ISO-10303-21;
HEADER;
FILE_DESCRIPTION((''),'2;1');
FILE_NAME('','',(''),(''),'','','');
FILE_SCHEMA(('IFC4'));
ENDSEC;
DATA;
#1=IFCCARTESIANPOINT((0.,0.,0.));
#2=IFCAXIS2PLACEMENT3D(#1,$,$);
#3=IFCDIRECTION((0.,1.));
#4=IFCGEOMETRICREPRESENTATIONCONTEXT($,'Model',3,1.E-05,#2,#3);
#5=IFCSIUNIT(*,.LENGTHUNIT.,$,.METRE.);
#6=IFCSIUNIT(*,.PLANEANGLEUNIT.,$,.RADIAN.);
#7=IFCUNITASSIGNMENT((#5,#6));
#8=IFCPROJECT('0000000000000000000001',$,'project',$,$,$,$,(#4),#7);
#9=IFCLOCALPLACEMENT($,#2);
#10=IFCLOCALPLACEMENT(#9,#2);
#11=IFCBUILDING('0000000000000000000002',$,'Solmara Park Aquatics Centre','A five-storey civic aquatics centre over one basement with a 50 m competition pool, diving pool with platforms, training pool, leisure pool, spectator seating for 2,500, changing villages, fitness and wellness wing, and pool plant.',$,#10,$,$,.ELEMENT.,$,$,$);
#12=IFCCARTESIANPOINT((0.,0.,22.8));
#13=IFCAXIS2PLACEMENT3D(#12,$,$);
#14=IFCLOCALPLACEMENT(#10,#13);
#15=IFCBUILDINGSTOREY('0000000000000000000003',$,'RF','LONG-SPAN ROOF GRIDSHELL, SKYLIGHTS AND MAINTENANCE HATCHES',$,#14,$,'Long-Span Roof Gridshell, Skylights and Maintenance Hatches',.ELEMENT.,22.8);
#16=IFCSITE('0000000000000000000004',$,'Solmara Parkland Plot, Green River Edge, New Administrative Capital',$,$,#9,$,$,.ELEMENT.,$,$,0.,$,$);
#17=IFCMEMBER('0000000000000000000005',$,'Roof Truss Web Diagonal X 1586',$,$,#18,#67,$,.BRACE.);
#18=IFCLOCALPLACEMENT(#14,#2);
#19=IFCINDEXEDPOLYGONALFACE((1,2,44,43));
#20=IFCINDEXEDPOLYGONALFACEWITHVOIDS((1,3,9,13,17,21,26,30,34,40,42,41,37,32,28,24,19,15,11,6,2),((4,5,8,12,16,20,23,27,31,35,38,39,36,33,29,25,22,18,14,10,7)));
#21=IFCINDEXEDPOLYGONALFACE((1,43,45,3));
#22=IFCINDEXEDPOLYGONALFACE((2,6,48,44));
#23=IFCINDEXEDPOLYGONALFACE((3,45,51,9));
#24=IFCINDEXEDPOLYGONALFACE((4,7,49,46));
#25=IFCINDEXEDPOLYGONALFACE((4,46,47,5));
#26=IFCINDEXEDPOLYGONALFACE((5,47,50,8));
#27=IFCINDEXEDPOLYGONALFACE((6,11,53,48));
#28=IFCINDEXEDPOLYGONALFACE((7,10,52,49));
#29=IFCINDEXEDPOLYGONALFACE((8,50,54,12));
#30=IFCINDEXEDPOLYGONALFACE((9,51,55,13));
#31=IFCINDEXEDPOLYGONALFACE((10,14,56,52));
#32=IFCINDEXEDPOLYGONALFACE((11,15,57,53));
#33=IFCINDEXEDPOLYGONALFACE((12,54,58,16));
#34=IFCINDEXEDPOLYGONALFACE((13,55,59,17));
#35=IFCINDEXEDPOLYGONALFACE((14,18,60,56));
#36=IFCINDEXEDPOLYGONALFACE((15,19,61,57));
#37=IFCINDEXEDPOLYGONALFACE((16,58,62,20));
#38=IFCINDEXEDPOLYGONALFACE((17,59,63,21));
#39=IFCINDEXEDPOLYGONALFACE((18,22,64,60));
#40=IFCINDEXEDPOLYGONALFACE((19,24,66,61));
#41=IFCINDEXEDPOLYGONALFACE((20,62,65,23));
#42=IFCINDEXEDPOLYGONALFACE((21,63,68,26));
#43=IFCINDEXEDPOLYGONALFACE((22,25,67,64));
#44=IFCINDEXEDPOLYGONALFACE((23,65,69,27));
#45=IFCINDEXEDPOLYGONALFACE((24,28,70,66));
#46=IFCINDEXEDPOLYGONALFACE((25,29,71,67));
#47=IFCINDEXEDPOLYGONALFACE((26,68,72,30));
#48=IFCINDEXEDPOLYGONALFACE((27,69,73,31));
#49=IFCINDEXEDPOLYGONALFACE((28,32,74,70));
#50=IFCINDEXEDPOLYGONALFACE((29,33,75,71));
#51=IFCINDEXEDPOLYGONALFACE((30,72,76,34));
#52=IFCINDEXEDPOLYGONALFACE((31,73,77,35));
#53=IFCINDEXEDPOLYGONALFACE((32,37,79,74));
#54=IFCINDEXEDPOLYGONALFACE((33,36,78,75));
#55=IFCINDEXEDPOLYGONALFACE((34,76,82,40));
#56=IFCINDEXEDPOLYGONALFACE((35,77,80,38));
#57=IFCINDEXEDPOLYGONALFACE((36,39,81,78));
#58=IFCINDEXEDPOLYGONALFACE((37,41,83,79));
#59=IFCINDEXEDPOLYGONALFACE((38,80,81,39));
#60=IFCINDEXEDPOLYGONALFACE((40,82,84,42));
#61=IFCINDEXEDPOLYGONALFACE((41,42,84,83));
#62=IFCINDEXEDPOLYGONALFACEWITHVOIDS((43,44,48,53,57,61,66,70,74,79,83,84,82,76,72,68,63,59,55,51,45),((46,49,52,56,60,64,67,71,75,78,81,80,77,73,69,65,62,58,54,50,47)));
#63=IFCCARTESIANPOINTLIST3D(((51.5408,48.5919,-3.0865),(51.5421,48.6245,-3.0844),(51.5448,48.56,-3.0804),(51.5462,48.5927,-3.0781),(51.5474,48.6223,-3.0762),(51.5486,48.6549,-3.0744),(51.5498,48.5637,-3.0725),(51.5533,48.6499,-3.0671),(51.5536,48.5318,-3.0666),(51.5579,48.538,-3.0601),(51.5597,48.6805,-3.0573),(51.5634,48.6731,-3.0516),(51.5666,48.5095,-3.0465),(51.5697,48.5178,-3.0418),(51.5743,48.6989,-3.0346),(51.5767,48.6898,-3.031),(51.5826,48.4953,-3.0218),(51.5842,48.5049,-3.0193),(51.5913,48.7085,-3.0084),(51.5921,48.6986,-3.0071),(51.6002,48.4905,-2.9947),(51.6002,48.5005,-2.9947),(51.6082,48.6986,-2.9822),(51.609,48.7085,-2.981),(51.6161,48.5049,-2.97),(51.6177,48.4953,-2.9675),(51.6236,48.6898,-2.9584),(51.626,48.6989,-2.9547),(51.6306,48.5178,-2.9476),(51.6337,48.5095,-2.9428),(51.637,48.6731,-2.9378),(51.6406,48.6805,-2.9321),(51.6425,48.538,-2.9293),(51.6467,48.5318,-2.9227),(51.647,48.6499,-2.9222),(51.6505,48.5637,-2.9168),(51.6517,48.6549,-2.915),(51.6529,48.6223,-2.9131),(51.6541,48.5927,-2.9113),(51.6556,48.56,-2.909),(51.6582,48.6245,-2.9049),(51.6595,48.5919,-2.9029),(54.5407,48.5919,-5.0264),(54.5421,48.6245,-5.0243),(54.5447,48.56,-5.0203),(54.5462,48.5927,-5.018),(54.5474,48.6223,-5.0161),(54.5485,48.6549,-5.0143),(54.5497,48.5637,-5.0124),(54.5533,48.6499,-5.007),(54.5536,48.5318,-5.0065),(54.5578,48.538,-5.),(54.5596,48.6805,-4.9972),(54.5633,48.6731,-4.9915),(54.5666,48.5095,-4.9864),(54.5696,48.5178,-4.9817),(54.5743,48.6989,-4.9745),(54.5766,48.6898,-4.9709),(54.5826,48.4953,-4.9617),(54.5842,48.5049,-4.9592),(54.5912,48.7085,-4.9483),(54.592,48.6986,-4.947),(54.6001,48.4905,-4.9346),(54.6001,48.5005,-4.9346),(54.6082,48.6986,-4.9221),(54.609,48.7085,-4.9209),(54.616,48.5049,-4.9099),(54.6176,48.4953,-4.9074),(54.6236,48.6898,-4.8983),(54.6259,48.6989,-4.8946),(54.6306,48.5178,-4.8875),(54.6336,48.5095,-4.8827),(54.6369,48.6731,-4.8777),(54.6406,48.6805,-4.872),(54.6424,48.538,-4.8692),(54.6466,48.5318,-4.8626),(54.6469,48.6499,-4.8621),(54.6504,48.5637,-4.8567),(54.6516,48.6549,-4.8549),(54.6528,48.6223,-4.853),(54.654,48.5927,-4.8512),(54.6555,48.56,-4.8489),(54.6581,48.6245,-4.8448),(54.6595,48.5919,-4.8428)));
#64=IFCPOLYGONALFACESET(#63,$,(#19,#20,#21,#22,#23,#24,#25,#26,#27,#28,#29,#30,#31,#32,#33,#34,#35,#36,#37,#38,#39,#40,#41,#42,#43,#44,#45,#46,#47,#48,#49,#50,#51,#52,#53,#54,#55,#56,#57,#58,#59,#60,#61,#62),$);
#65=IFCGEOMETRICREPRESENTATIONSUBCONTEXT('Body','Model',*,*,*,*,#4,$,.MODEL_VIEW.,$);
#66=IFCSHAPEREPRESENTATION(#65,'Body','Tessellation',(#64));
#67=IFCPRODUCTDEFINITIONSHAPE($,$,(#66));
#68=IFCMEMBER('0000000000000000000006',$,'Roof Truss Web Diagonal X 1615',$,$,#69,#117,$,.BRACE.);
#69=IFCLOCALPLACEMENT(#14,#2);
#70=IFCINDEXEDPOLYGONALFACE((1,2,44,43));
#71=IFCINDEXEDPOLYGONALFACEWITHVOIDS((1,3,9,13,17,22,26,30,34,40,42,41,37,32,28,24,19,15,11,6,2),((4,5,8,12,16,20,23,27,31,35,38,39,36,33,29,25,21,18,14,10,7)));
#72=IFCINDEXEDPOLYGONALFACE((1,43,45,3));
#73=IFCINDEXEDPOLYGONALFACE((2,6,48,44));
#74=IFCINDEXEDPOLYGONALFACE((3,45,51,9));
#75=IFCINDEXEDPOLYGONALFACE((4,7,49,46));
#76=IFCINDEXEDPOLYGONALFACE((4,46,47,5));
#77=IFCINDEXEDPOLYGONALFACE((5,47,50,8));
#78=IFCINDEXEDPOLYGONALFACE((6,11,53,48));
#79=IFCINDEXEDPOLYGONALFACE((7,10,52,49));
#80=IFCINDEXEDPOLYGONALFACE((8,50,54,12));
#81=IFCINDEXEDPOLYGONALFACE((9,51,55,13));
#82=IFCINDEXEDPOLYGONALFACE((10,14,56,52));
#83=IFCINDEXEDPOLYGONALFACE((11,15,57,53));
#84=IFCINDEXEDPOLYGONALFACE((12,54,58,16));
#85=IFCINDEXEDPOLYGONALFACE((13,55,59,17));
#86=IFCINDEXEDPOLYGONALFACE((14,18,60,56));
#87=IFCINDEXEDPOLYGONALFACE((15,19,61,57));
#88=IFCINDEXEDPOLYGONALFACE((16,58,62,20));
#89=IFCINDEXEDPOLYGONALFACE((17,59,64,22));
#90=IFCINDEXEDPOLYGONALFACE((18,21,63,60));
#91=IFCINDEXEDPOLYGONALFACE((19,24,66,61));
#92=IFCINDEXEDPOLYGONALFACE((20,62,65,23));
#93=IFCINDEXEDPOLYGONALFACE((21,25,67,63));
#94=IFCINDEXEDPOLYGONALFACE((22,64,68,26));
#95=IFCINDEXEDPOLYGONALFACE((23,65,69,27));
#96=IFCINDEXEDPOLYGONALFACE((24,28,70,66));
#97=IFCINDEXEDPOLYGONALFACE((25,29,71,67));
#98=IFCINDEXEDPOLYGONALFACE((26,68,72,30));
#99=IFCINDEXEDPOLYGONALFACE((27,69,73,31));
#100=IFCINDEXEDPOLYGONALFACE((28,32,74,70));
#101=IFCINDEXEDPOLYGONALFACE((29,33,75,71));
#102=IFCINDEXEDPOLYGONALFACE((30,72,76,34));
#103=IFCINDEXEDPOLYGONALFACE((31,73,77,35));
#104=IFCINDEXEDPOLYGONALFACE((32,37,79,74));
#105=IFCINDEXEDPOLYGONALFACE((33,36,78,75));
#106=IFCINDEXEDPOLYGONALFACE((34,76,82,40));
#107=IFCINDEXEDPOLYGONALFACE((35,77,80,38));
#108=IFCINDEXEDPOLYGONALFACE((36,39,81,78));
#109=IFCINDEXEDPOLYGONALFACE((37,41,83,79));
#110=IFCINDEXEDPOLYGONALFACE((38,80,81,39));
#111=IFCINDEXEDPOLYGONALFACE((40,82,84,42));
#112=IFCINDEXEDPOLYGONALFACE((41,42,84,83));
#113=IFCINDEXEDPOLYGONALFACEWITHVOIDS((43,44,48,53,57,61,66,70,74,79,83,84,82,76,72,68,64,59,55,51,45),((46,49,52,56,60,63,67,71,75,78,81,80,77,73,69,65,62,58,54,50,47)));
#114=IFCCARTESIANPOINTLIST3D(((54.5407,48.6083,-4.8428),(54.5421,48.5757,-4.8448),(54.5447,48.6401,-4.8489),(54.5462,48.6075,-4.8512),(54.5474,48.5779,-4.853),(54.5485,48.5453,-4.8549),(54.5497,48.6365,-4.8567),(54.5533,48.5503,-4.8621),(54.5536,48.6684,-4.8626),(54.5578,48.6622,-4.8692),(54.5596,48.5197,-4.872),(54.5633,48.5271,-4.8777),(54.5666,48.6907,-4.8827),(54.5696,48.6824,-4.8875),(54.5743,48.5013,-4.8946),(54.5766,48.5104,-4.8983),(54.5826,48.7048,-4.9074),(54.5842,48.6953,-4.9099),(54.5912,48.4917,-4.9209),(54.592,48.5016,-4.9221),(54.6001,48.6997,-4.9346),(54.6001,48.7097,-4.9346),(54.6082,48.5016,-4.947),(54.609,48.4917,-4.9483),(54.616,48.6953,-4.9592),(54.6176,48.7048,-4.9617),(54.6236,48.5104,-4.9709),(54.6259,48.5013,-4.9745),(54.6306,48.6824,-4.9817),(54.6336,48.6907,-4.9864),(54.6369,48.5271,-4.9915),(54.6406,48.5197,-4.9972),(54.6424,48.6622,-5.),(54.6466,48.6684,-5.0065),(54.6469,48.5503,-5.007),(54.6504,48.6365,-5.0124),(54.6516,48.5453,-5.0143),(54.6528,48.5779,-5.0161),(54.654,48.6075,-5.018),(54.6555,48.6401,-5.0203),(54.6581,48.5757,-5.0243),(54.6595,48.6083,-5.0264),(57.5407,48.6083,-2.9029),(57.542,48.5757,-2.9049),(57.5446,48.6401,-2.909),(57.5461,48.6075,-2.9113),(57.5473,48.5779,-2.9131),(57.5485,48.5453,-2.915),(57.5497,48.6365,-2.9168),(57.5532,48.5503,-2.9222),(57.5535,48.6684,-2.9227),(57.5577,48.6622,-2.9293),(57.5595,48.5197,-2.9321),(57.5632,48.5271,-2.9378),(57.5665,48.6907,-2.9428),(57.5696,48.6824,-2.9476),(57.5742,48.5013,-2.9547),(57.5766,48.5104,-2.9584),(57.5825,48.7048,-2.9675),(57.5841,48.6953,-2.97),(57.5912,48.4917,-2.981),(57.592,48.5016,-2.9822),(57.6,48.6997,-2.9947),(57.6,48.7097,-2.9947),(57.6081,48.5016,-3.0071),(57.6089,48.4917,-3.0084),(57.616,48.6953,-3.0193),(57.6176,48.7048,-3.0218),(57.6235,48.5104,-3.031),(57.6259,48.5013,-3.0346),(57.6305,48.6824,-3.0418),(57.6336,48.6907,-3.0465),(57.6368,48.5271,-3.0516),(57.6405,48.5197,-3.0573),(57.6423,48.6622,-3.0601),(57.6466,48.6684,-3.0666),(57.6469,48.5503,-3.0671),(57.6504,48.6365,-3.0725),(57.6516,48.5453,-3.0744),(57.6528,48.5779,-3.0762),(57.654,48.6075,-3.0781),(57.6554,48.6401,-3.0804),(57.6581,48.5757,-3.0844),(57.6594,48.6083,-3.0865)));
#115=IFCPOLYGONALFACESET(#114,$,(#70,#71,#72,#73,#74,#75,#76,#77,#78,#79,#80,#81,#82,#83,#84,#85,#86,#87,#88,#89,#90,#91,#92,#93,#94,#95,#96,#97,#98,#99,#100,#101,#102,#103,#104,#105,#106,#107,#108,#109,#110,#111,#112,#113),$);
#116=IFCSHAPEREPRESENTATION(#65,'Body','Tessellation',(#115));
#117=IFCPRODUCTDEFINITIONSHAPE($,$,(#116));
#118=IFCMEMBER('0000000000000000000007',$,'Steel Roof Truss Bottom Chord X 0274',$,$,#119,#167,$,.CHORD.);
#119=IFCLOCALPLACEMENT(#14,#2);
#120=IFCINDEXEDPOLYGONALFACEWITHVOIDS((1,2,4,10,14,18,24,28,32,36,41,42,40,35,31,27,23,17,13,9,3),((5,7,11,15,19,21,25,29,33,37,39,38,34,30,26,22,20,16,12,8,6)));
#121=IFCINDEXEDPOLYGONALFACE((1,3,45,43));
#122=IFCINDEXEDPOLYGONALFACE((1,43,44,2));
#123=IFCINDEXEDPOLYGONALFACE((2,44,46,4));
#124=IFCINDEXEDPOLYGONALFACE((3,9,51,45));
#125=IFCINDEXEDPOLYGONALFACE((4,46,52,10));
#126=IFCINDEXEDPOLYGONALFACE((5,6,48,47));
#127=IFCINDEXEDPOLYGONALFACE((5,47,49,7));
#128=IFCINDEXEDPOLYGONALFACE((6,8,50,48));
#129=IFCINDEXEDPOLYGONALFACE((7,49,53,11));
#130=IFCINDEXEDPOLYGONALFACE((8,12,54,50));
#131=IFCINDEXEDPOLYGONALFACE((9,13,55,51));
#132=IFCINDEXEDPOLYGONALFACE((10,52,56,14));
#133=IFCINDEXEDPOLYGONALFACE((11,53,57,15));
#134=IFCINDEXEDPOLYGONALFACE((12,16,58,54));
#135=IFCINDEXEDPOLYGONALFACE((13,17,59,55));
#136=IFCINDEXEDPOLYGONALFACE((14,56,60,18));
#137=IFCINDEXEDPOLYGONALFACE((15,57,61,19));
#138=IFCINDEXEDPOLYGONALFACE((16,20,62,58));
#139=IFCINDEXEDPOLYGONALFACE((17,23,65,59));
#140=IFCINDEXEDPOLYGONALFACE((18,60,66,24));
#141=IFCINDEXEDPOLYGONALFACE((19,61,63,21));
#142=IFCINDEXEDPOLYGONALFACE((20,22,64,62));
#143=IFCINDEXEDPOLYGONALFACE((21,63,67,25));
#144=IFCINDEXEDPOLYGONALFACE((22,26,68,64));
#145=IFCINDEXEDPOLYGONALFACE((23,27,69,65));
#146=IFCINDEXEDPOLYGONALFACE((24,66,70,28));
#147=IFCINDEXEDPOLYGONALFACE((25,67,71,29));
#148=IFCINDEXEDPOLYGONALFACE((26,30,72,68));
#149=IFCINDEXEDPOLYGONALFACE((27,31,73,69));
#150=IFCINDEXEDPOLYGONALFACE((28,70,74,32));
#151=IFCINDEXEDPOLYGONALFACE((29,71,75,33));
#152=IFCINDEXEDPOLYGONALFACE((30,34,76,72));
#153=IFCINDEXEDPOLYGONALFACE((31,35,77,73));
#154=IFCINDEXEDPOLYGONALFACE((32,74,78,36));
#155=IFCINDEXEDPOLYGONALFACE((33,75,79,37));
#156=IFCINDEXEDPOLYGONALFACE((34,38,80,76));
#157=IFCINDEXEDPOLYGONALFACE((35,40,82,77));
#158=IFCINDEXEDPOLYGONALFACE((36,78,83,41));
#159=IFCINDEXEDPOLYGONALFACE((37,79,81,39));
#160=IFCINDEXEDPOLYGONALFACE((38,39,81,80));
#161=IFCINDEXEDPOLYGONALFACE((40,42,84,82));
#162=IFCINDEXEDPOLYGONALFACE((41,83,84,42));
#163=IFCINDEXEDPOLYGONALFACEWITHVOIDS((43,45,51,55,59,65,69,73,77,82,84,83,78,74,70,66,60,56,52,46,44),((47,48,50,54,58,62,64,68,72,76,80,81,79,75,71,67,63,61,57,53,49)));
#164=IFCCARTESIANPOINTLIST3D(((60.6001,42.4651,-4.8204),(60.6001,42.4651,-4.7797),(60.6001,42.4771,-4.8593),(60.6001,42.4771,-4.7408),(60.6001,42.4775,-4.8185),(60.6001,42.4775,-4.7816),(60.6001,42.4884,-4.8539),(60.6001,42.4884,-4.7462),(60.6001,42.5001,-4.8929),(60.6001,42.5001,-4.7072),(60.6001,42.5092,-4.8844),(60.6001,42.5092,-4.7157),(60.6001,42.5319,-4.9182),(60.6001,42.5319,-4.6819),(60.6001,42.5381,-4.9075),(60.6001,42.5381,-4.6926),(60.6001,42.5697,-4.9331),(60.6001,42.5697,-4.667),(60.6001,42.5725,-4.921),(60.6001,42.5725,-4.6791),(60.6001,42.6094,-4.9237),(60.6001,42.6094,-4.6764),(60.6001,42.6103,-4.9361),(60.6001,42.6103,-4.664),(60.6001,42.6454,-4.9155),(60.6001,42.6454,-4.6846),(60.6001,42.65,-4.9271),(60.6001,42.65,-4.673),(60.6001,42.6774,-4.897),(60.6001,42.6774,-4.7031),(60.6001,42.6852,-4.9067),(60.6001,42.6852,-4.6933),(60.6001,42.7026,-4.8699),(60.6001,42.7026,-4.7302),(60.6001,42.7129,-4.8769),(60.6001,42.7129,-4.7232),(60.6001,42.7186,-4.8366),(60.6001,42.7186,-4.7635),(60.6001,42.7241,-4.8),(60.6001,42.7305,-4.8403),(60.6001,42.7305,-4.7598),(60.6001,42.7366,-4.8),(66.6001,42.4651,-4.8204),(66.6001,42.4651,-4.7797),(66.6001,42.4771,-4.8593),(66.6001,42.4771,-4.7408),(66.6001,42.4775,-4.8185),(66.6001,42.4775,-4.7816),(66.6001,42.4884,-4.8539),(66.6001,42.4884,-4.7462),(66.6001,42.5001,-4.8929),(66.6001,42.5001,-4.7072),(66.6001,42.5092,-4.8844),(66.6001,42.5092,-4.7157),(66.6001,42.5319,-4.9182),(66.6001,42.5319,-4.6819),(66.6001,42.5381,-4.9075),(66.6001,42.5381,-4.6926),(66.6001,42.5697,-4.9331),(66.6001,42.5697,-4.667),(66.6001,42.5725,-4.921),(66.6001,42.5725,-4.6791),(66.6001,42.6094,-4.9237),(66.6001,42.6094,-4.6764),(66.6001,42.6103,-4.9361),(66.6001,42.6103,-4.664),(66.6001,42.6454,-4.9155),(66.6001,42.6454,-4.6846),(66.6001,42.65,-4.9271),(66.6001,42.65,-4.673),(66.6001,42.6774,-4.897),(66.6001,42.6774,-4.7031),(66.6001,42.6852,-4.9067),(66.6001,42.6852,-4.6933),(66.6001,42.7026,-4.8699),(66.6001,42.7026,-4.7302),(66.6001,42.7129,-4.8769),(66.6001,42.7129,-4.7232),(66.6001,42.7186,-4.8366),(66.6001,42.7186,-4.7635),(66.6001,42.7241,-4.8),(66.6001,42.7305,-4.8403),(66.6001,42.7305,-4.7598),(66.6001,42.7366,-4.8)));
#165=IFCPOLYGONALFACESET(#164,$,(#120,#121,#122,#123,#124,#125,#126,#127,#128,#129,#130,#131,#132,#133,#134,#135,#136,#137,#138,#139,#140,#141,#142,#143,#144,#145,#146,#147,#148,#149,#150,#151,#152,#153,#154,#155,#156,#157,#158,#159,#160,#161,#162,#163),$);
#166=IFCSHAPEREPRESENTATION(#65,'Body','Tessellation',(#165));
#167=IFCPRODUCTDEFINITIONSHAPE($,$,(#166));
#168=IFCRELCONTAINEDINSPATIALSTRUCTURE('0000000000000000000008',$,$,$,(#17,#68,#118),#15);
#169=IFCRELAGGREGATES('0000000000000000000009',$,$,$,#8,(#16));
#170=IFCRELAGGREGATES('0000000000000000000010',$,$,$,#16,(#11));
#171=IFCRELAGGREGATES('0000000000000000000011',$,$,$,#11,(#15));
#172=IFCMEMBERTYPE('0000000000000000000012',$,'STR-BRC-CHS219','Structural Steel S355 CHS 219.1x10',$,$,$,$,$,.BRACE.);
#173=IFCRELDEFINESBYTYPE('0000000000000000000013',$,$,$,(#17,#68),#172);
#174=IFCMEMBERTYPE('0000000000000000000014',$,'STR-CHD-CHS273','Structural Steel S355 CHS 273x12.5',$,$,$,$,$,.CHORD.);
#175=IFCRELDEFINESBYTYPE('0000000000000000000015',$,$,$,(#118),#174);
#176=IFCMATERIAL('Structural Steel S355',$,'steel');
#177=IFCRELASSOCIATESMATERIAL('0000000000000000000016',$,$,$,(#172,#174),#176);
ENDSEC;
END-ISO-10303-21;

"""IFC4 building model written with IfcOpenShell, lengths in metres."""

from ifc_helpers import new_model, si_unit, direction, frame, origin, origin_2d, place, context, subcontext, project, spatial, hollow_circle, extrude, material, material_profile, profile_set, type_object, element, save


model = new_model("IFC4")

# Units and contexts
model_context = context("Model", 3, precision=1e-05, world=origin(), true_north=direction((0.0, 1.0)))
body_context = subcontext(model_context, "Body", "Model", "MODEL_VIEW")
ifc_project = project(units=[si_unit("LENGTHUNIT", "METRE"), si_unit("PLANEANGLEUNIT", "RADIAN")], contexts=[model_context])

# Site, building, storey
site_placement = place(None, origin())
site = spatial("IfcSite", under=ifc_project, at=site_placement, Name="Solmara Parkland Plot, Green River Edge, New Administrative Capital", CompositionType="ELEMENT", RefElevation=0.0)
building_placement = place(site_placement, origin())
building = spatial("IfcBuilding", under=site, at=building_placement, Name="Solmara Park Aquatics Centre", Description="A five-storey civic aquatics centre over one basement with a 50 m competition pool, diving pool with platforms, training pool, leisure pool, spectator seating for 2,500, changing villages, fitness and wellness wing, and pool plant.", CompositionType="ELEMENT")
storey_placement = place(building_placement, frame((0.0, 0.0, 22.8)))
storey = spatial("IfcBuildingStorey", under=building, at=storey_placement, Name="RF", Description="LONG-SPAN ROOF GRIDSHELL, SKYLIGHTS AND MAINTENANCE HATCHES", LongName="Long-Span Roof Gridshell, Skylights and Maintenance Hatches", CompositionType="ELEMENT", Elevation=22.8)

# Members
ifc_material_1 = material(Name="Structural Steel S355", Category="steel")
ifc_material_profile_1 = material_profile(ifc_material_1, hollow_circle(Radius=0.1096, WallThickness=0.01, at=origin_2d()), Name="CHS 219.1x10")
ifc_profile_set_1 = profile_set([ifc_material_profile_1], Name="Structural Steel S355")
member_type_1 = type_object("IfcMemberType", Name="STR-BRC-CHS219", Description="Structural Steel S355 CHS 219.1x10", PredefinedType="BRACE", material=ifc_profile_set_1)
for number, where, z_axis, x_axis, name in (
    (1, (54.6001, 48.6001, -4.9346), (-0.839728, 0.0, 0.543008), (0.0, -1.0, 0.0), "Roof Truss Web Diagonal X 1586"),
    (2, (54.6001, 48.6001, -4.9346), (0.839728, 0.0, 0.543008), (0.0, 1.0, 0.0), "Roof Truss Web Diagonal X 1615"),
):
    element("IfcMember", number, at=place(storey_placement, frame(where, z_axis=z_axis, x_axis=x_axis)), inside=storey, type_object=member_type_1, Name=name, PredefinedType="BRACE", context=body_context, shape_type="SweptSolid", body=[
        extrude(hollow_circle(Radius=0.1096, WallThickness=0.01, at=origin_2d()), origin(), (0.0, 0.0, 1.0), 3.5725),
    ])
ifc_material_profile_2 = material_profile(ifc_material_1, hollow_circle(Radius=0.1365, WallThickness=0.0125, at=origin_2d()), Name="CHS 273x12.5")
ifc_profile_set_2 = profile_set([ifc_material_profile_2], Name="Structural Steel S355")
member_type_2 = type_object("IfcMemberType", Name="STR-CHD-CHS273", Description="Structural Steel S355 CHS 273x12.5", PredefinedType="CHORD", material=ifc_profile_set_2)
member_1_placement = place(storey_placement, frame((60.6001, 42.6001, -4.8), z_axis=(1.0, 0.0, 0.0), x_axis=(0.0, 1.0, 0.0)))
element("IfcMember", 3, at=member_1_placement, inside=storey, type_object=member_type_2, Name="Steel Roof Truss Bottom Chord X 0274", PredefinedType="CHORD", context=body_context, shape_type="SweptSolid", body=[
    extrude(hollow_circle(Radius=0.1365, WallThickness=0.0125, at=origin_2d()), origin(), (0.0, 0.0, 1.0), 6.0),
])

save(model, "model.ifc")
